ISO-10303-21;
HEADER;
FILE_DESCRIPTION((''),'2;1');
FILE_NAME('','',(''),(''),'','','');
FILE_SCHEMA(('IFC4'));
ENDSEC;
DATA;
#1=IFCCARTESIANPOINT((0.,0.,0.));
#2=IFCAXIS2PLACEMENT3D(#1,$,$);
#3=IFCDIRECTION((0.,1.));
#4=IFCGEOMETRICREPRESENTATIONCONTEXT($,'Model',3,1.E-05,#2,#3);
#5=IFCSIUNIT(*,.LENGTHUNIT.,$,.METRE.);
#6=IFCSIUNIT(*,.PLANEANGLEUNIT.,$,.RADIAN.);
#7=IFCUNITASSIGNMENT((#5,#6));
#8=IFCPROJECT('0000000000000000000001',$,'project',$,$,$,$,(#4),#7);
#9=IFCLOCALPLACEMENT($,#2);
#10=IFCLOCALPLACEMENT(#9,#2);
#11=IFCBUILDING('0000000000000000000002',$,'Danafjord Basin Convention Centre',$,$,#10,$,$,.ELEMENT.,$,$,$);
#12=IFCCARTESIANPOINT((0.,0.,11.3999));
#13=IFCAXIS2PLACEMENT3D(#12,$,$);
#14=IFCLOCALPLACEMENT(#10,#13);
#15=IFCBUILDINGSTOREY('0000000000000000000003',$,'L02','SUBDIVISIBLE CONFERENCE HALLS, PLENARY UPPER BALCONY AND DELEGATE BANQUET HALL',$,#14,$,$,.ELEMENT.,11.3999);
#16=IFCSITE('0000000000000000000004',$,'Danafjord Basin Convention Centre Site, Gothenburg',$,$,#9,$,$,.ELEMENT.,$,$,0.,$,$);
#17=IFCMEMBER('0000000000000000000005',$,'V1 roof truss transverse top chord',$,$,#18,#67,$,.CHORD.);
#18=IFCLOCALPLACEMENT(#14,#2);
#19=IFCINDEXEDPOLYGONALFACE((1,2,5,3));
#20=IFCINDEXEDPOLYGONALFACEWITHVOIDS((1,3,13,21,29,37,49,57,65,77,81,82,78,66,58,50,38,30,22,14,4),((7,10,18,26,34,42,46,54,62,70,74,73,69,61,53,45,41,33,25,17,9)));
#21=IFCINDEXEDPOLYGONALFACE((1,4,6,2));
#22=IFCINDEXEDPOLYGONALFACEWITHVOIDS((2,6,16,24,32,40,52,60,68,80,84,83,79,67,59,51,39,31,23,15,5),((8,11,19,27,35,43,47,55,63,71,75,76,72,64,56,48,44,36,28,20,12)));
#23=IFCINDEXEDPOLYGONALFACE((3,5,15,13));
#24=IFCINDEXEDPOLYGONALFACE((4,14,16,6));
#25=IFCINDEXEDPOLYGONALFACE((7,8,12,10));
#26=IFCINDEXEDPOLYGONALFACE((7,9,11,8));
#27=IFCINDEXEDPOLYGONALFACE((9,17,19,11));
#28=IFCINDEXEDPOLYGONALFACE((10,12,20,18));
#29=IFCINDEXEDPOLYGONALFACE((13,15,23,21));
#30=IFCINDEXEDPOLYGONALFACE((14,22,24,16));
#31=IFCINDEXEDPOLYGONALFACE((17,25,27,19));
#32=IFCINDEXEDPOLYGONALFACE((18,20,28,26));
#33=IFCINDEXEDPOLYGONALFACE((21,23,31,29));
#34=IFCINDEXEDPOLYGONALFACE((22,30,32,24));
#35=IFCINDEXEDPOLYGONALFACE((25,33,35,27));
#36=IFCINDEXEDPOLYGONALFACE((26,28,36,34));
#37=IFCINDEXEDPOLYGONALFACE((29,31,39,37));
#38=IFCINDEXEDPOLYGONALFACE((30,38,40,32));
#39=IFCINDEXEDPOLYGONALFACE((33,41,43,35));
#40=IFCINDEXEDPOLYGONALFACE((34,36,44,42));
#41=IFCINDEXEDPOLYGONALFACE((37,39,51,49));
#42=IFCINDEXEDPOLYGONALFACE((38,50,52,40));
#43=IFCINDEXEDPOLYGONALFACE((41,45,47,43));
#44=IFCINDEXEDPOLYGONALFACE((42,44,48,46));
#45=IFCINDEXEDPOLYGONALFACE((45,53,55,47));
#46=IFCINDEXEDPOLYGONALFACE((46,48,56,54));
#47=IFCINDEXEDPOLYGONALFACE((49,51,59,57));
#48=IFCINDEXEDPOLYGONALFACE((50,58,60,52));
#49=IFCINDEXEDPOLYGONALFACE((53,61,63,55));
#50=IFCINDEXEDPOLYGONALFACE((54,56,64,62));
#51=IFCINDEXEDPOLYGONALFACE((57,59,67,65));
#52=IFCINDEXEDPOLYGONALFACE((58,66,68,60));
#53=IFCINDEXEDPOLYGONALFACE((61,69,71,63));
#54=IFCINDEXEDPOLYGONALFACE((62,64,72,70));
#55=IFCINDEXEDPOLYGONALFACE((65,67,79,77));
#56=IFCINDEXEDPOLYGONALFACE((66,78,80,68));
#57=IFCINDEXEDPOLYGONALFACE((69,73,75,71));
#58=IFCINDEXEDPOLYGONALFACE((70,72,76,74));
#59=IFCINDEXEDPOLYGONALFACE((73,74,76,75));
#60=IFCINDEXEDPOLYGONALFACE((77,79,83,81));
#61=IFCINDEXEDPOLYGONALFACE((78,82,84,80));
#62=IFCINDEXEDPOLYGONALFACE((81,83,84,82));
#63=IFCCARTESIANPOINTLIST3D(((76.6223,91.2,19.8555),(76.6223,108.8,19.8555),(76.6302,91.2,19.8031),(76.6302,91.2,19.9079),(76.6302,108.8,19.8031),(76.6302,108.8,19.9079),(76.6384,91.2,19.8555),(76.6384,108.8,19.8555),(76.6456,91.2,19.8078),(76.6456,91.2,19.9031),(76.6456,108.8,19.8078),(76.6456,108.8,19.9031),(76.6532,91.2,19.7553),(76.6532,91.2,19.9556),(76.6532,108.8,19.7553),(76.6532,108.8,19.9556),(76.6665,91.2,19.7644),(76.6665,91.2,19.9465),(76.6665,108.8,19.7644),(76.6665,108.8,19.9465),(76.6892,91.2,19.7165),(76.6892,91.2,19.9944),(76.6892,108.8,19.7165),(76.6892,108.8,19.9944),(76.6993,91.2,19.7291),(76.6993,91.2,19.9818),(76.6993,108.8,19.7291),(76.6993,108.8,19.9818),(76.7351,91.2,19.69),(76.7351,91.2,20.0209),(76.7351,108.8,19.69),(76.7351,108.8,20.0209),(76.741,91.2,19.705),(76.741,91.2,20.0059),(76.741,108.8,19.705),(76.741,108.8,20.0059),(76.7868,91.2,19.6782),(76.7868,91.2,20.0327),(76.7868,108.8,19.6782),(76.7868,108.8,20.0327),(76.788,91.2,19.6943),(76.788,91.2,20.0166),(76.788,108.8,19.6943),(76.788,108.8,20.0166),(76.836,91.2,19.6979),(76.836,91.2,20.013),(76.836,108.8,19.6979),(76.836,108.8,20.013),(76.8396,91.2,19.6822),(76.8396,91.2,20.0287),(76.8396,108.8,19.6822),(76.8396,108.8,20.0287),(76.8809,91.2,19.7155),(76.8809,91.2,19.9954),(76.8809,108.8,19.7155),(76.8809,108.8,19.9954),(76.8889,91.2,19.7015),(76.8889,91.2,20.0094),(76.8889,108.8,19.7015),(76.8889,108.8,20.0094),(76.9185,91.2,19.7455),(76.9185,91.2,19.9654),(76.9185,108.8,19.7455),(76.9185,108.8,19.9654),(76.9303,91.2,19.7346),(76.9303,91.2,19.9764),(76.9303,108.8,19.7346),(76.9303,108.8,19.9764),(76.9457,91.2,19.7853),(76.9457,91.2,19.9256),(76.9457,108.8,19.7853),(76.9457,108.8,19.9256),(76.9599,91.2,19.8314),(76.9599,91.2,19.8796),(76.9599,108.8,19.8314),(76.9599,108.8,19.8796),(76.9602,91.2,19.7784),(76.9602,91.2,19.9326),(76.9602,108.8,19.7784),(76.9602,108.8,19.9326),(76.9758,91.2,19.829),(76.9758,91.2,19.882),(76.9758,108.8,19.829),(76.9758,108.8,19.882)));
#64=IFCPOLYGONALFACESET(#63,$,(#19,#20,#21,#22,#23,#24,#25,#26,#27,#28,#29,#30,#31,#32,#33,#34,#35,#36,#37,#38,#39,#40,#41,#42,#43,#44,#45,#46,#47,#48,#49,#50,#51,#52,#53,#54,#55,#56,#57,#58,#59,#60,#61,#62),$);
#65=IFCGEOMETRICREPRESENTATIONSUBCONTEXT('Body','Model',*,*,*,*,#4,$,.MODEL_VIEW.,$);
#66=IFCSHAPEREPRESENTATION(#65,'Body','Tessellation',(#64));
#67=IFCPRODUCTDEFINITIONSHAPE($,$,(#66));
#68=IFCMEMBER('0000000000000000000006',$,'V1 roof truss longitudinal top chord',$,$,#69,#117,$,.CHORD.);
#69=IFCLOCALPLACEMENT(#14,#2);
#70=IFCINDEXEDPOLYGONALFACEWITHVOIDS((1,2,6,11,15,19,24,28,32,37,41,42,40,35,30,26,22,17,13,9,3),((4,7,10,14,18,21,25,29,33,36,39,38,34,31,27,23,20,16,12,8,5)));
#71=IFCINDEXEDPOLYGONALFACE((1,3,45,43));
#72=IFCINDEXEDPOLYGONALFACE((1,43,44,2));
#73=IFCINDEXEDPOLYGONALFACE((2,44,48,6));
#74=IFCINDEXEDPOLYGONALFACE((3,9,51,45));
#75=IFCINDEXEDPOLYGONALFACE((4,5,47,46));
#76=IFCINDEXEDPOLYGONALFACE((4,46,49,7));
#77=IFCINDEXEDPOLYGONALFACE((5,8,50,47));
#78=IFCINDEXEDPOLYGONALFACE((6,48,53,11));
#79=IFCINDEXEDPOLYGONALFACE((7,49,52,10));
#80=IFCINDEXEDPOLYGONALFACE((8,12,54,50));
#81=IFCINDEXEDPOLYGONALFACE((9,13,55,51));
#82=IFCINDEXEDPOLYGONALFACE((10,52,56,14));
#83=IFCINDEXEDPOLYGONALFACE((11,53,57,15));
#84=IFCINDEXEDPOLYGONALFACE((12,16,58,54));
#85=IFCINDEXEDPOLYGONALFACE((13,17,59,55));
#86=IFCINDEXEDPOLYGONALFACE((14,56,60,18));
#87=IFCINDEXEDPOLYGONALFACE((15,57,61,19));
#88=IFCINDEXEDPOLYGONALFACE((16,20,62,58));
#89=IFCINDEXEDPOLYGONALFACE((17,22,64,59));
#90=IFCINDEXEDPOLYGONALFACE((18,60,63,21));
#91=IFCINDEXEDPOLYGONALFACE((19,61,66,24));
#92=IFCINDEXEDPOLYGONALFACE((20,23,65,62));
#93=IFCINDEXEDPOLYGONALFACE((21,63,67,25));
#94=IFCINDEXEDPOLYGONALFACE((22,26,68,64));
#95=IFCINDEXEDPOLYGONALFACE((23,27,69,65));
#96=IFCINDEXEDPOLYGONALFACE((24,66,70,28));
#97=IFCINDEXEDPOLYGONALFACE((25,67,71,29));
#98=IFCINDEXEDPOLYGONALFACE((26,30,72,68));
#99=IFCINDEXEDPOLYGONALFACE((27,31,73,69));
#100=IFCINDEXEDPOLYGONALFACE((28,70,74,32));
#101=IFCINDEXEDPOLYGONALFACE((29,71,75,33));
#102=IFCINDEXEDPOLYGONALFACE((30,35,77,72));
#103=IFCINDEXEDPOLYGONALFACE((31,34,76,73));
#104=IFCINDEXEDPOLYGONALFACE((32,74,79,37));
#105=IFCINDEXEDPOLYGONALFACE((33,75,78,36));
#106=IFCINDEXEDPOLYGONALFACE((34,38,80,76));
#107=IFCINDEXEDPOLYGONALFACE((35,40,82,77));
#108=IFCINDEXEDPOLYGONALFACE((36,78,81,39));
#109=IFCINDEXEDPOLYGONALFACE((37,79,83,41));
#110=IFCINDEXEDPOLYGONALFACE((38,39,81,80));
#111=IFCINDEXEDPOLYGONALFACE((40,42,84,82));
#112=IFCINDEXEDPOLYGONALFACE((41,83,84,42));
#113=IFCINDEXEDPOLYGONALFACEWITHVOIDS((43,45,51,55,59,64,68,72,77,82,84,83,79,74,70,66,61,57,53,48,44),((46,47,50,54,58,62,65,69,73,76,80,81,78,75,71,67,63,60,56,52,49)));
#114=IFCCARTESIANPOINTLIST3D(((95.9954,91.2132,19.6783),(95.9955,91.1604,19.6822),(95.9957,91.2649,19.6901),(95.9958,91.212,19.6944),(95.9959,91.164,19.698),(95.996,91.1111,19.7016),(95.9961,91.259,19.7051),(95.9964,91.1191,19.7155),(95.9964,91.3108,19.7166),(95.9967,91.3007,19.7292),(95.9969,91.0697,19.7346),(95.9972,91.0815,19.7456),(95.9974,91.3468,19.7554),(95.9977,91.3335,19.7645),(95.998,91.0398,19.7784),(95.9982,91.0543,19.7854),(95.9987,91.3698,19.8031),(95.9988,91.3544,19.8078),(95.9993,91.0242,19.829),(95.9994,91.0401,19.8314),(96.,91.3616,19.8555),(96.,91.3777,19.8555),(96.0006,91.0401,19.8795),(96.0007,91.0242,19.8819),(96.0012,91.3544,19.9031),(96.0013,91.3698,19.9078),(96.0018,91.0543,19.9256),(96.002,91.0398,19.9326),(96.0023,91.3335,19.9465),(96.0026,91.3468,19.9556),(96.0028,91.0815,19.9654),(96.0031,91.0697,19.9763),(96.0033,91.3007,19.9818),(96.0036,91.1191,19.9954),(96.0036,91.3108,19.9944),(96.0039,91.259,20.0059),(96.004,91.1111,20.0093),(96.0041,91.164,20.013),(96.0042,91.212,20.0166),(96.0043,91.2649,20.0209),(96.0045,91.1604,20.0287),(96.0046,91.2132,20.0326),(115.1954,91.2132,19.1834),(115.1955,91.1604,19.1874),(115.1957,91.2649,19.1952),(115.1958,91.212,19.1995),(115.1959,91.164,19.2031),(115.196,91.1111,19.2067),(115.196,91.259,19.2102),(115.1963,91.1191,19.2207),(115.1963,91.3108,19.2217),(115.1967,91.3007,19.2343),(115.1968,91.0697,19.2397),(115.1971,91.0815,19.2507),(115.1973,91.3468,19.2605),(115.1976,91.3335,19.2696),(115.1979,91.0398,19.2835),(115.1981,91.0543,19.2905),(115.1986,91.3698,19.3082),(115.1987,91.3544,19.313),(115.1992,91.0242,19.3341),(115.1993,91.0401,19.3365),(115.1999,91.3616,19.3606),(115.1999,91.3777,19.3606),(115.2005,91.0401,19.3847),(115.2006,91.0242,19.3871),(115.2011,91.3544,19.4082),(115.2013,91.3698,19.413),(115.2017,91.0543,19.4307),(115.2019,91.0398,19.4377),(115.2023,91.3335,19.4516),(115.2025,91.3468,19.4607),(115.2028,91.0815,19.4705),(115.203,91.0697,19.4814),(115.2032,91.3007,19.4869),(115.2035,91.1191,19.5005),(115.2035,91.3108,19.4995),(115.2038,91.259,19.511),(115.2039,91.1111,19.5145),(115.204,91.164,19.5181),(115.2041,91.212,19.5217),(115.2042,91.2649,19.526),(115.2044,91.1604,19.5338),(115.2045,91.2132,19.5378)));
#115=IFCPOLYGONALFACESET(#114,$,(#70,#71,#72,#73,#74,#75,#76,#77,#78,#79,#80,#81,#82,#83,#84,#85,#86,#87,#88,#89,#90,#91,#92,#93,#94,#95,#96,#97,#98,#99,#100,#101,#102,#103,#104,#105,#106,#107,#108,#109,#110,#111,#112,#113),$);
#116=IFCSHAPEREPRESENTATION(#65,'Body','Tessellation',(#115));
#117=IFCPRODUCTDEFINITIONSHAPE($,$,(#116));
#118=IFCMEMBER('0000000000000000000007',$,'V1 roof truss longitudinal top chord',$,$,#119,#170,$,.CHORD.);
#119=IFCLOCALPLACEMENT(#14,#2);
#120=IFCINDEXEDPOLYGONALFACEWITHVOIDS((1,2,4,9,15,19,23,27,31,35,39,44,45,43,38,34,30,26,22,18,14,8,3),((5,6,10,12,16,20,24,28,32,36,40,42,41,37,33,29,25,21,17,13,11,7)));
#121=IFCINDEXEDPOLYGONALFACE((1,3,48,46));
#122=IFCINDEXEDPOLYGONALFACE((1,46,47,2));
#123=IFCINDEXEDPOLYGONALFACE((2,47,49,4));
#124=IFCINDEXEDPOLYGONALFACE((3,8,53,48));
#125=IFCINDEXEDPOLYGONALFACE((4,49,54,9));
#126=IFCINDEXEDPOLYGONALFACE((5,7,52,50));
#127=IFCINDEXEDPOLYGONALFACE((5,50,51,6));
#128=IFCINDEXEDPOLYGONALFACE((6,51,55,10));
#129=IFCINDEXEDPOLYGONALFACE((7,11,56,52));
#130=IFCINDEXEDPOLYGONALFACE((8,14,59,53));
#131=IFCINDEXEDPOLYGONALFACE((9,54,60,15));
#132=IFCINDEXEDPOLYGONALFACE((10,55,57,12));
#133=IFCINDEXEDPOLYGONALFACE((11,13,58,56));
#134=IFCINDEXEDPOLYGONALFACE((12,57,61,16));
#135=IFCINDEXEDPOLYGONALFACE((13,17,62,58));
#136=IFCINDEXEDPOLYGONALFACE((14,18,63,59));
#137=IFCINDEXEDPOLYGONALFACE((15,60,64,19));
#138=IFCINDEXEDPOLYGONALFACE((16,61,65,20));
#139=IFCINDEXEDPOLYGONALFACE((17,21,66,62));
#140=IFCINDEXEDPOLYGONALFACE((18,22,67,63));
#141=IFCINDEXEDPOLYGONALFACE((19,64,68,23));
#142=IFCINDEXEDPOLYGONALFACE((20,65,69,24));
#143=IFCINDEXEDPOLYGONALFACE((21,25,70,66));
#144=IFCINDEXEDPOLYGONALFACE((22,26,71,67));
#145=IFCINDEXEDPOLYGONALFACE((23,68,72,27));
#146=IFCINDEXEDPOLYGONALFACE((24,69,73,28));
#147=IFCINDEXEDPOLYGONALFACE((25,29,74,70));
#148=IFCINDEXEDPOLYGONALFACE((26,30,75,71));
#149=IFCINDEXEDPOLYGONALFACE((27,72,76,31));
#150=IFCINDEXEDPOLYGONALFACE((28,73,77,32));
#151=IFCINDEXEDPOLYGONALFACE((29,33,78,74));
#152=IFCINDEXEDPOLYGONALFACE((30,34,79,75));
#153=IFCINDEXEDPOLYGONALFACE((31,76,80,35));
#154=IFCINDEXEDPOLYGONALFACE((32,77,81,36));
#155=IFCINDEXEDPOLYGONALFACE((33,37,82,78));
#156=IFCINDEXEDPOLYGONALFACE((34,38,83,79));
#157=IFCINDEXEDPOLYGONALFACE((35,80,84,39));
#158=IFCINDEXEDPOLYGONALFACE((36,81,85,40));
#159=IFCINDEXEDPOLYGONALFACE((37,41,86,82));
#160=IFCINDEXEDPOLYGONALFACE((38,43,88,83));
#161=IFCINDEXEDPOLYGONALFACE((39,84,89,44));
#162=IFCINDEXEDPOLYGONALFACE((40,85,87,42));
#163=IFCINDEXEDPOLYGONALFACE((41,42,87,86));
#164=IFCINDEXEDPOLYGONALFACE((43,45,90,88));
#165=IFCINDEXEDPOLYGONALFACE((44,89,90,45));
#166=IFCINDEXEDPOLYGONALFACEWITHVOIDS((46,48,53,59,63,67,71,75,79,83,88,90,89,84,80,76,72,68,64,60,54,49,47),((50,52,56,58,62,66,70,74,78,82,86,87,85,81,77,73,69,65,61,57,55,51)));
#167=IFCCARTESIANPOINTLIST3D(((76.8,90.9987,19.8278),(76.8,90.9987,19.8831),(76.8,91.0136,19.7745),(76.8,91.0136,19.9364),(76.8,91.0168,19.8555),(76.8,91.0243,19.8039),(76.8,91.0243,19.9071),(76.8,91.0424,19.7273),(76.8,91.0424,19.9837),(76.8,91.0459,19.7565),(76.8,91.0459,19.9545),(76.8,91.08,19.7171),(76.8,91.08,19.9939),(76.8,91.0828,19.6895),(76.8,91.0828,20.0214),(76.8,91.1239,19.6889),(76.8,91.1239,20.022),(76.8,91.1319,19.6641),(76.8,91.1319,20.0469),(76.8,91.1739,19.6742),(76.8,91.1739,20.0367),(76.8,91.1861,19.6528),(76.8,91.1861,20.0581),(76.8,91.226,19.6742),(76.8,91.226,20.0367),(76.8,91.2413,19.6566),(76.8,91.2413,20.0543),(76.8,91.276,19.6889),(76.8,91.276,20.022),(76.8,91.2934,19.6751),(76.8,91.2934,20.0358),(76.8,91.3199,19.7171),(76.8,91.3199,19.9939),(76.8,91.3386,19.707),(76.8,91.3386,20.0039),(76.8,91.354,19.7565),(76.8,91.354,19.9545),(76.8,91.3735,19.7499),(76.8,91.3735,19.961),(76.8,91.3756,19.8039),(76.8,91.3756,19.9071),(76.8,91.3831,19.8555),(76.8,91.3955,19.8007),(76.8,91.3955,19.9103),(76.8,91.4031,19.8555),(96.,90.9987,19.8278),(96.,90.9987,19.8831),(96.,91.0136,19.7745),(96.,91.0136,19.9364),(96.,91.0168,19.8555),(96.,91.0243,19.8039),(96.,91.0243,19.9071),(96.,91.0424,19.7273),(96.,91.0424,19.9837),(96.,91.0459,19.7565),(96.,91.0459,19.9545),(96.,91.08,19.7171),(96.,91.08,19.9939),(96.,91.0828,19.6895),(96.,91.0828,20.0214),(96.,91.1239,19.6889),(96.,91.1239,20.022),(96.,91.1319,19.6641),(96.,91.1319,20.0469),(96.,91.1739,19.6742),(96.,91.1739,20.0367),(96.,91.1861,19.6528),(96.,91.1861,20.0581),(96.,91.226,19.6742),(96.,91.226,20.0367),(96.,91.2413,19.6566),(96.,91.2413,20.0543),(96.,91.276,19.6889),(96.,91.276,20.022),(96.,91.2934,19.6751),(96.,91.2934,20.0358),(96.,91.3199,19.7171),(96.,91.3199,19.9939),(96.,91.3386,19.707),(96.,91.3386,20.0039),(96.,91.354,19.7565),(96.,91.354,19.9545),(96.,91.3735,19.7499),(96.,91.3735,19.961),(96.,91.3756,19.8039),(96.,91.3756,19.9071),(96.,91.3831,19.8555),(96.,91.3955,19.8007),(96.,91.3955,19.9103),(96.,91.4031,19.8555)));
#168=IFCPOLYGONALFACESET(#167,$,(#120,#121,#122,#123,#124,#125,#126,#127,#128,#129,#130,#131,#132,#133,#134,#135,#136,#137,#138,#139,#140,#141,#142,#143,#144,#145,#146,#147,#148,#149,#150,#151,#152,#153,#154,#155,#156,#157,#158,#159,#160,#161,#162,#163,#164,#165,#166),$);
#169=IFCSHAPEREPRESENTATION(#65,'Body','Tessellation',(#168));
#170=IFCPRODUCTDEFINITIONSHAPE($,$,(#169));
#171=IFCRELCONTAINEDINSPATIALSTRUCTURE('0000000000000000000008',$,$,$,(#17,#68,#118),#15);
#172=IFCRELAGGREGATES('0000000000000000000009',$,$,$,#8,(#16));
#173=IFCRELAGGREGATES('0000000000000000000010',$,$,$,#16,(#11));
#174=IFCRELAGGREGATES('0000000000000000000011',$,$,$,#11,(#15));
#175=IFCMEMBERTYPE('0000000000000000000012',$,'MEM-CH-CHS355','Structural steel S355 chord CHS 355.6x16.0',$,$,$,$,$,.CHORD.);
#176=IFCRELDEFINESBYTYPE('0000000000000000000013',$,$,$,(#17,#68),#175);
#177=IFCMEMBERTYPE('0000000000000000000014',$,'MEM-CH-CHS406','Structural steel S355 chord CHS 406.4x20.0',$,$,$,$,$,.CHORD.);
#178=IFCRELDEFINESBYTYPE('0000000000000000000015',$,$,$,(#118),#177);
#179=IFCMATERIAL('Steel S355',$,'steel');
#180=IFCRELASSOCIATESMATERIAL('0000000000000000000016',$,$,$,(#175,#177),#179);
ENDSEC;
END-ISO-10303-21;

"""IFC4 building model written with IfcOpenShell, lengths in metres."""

from ifc_helpers import new_model, si_unit, direction, frame, origin, origin_2d, place, context, subcontext, project, spatial, hollow_circle, extrude, material, material_profile, profile_set, type_object, element, save


model = new_model("IFC4")

# Units and contexts
model_context = context("Model", 3, precision=1e-05, world=origin(), true_north=direction((0.0, 1.0)))
body_context = subcontext(model_context, "Body", "Model", "MODEL_VIEW")
ifc_project = project(units=[si_unit("LENGTHUNIT", "METRE"), si_unit("PLANEANGLEUNIT", "RADIAN")], contexts=[model_context])

# Site, building, storey
site_placement = place(None, origin())
site = spatial("IfcSite", under=ifc_project, at=site_placement, Name="Danafjord Basin Convention Centre Site, Gothenburg", CompositionType="ELEMENT", RefElevation=0.0)
building_placement = place(site_placement, origin())
building = spatial("IfcBuilding", under=site, at=building_placement, Name="Danafjord Basin Convention Centre", CompositionType="ELEMENT")
storey_placement = place(building_placement, frame((0.0, 0.0, 11.3999)))
storey = spatial("IfcBuildingStorey", under=building, at=storey_placement, Name="L02", Description="SUBDIVISIBLE CONFERENCE HALLS, PLENARY UPPER BALCONY AND DELEGATE BANQUET HALL", CompositionType="ELEMENT", Elevation=11.3999)

# Members
ifc_material = material(Name="Steel S355", Category="steel")
ifc_material_profile_1 = material_profile(ifc_material, hollow_circle(Radius=0.1777, WallThickness=0.0161, at=origin_2d()), Name="CHS 355.6x16.0")
ifc_profile_set_1 = profile_set([ifc_material_profile_1], Name="Steel S355")
member_type_1 = type_object("IfcMemberType", Name="MEM-CH-CHS355", Description="Structural steel S355 chord CHS 355.6x16.0", PredefinedType="CHORD", material=ifc_profile_set_1)
member_1_placement = place(storey_placement, frame((76.8, 91.2, 19.8555), z_axis=(0.0, 1.0, 0.0), x_axis=(-1.0, 0.0, 0.0)))
element("IfcMember", 1, at=member_1_placement, inside=storey, type_object=member_type_1, Name="V1 roof truss transverse top chord", PredefinedType="CHORD", context=body_context, shape_type="SweptSolid", body=[
    extrude(hollow_circle(Radius=0.1777, WallThickness=0.0161, at=origin_2d()), origin(), (0.0, 0.0, 1.0), 17.6001),
])
member_2_placement = place(storey_placement, frame((96.0, 91.2, 19.8555), z_axis=(0.999668, 0.0, -0.025766), x_axis=(0.0, 1.0, 0.0)))
element("IfcMember", 2, at=member_2_placement, inside=storey, type_object=member_type_1, Name="V1 roof truss longitudinal top chord", PredefinedType="CHORD", context=body_context, shape_type="SweptSolid", body=[
    extrude(hollow_circle(Radius=0.1777, WallThickness=0.0161, at=origin_2d()), origin(), (0.0, 0.0, 1.0), 19.2063),
])
ifc_material_profile_2 = material_profile(ifc_material, hollow_circle(Radius=0.2031, WallThickness=0.02, at=origin_2d()), Name="CHS 406.4x20.0")
ifc_profile_set_2 = profile_set([ifc_material_profile_2], Name="Steel S355")
member_type_2 = type_object("IfcMemberType", Name="MEM-CH-CHS406", Description="Structural steel S355 chord CHS 406.4x20.0", PredefinedType="CHORD", material=ifc_profile_set_2)
member_3_placement = place(storey_placement, frame((76.8, 91.2, 19.8555), z_axis=(1.0, 0.0, 0.0), x_axis=(0.0, 1.0, 0.0)))
element("IfcMember", 3, at=member_3_placement, inside=storey, type_object=member_type_2, Name="V1 roof truss longitudinal top chord", PredefinedType="CHORD", context=body_context, shape_type="SweptSolid", body=[
    extrude(hollow_circle(Radius=0.2031, WallThickness=0.02, at=origin_2d()), origin(), (0.0, 0.0, 1.0), 19.2),
])

save(model, "model.ifc")
